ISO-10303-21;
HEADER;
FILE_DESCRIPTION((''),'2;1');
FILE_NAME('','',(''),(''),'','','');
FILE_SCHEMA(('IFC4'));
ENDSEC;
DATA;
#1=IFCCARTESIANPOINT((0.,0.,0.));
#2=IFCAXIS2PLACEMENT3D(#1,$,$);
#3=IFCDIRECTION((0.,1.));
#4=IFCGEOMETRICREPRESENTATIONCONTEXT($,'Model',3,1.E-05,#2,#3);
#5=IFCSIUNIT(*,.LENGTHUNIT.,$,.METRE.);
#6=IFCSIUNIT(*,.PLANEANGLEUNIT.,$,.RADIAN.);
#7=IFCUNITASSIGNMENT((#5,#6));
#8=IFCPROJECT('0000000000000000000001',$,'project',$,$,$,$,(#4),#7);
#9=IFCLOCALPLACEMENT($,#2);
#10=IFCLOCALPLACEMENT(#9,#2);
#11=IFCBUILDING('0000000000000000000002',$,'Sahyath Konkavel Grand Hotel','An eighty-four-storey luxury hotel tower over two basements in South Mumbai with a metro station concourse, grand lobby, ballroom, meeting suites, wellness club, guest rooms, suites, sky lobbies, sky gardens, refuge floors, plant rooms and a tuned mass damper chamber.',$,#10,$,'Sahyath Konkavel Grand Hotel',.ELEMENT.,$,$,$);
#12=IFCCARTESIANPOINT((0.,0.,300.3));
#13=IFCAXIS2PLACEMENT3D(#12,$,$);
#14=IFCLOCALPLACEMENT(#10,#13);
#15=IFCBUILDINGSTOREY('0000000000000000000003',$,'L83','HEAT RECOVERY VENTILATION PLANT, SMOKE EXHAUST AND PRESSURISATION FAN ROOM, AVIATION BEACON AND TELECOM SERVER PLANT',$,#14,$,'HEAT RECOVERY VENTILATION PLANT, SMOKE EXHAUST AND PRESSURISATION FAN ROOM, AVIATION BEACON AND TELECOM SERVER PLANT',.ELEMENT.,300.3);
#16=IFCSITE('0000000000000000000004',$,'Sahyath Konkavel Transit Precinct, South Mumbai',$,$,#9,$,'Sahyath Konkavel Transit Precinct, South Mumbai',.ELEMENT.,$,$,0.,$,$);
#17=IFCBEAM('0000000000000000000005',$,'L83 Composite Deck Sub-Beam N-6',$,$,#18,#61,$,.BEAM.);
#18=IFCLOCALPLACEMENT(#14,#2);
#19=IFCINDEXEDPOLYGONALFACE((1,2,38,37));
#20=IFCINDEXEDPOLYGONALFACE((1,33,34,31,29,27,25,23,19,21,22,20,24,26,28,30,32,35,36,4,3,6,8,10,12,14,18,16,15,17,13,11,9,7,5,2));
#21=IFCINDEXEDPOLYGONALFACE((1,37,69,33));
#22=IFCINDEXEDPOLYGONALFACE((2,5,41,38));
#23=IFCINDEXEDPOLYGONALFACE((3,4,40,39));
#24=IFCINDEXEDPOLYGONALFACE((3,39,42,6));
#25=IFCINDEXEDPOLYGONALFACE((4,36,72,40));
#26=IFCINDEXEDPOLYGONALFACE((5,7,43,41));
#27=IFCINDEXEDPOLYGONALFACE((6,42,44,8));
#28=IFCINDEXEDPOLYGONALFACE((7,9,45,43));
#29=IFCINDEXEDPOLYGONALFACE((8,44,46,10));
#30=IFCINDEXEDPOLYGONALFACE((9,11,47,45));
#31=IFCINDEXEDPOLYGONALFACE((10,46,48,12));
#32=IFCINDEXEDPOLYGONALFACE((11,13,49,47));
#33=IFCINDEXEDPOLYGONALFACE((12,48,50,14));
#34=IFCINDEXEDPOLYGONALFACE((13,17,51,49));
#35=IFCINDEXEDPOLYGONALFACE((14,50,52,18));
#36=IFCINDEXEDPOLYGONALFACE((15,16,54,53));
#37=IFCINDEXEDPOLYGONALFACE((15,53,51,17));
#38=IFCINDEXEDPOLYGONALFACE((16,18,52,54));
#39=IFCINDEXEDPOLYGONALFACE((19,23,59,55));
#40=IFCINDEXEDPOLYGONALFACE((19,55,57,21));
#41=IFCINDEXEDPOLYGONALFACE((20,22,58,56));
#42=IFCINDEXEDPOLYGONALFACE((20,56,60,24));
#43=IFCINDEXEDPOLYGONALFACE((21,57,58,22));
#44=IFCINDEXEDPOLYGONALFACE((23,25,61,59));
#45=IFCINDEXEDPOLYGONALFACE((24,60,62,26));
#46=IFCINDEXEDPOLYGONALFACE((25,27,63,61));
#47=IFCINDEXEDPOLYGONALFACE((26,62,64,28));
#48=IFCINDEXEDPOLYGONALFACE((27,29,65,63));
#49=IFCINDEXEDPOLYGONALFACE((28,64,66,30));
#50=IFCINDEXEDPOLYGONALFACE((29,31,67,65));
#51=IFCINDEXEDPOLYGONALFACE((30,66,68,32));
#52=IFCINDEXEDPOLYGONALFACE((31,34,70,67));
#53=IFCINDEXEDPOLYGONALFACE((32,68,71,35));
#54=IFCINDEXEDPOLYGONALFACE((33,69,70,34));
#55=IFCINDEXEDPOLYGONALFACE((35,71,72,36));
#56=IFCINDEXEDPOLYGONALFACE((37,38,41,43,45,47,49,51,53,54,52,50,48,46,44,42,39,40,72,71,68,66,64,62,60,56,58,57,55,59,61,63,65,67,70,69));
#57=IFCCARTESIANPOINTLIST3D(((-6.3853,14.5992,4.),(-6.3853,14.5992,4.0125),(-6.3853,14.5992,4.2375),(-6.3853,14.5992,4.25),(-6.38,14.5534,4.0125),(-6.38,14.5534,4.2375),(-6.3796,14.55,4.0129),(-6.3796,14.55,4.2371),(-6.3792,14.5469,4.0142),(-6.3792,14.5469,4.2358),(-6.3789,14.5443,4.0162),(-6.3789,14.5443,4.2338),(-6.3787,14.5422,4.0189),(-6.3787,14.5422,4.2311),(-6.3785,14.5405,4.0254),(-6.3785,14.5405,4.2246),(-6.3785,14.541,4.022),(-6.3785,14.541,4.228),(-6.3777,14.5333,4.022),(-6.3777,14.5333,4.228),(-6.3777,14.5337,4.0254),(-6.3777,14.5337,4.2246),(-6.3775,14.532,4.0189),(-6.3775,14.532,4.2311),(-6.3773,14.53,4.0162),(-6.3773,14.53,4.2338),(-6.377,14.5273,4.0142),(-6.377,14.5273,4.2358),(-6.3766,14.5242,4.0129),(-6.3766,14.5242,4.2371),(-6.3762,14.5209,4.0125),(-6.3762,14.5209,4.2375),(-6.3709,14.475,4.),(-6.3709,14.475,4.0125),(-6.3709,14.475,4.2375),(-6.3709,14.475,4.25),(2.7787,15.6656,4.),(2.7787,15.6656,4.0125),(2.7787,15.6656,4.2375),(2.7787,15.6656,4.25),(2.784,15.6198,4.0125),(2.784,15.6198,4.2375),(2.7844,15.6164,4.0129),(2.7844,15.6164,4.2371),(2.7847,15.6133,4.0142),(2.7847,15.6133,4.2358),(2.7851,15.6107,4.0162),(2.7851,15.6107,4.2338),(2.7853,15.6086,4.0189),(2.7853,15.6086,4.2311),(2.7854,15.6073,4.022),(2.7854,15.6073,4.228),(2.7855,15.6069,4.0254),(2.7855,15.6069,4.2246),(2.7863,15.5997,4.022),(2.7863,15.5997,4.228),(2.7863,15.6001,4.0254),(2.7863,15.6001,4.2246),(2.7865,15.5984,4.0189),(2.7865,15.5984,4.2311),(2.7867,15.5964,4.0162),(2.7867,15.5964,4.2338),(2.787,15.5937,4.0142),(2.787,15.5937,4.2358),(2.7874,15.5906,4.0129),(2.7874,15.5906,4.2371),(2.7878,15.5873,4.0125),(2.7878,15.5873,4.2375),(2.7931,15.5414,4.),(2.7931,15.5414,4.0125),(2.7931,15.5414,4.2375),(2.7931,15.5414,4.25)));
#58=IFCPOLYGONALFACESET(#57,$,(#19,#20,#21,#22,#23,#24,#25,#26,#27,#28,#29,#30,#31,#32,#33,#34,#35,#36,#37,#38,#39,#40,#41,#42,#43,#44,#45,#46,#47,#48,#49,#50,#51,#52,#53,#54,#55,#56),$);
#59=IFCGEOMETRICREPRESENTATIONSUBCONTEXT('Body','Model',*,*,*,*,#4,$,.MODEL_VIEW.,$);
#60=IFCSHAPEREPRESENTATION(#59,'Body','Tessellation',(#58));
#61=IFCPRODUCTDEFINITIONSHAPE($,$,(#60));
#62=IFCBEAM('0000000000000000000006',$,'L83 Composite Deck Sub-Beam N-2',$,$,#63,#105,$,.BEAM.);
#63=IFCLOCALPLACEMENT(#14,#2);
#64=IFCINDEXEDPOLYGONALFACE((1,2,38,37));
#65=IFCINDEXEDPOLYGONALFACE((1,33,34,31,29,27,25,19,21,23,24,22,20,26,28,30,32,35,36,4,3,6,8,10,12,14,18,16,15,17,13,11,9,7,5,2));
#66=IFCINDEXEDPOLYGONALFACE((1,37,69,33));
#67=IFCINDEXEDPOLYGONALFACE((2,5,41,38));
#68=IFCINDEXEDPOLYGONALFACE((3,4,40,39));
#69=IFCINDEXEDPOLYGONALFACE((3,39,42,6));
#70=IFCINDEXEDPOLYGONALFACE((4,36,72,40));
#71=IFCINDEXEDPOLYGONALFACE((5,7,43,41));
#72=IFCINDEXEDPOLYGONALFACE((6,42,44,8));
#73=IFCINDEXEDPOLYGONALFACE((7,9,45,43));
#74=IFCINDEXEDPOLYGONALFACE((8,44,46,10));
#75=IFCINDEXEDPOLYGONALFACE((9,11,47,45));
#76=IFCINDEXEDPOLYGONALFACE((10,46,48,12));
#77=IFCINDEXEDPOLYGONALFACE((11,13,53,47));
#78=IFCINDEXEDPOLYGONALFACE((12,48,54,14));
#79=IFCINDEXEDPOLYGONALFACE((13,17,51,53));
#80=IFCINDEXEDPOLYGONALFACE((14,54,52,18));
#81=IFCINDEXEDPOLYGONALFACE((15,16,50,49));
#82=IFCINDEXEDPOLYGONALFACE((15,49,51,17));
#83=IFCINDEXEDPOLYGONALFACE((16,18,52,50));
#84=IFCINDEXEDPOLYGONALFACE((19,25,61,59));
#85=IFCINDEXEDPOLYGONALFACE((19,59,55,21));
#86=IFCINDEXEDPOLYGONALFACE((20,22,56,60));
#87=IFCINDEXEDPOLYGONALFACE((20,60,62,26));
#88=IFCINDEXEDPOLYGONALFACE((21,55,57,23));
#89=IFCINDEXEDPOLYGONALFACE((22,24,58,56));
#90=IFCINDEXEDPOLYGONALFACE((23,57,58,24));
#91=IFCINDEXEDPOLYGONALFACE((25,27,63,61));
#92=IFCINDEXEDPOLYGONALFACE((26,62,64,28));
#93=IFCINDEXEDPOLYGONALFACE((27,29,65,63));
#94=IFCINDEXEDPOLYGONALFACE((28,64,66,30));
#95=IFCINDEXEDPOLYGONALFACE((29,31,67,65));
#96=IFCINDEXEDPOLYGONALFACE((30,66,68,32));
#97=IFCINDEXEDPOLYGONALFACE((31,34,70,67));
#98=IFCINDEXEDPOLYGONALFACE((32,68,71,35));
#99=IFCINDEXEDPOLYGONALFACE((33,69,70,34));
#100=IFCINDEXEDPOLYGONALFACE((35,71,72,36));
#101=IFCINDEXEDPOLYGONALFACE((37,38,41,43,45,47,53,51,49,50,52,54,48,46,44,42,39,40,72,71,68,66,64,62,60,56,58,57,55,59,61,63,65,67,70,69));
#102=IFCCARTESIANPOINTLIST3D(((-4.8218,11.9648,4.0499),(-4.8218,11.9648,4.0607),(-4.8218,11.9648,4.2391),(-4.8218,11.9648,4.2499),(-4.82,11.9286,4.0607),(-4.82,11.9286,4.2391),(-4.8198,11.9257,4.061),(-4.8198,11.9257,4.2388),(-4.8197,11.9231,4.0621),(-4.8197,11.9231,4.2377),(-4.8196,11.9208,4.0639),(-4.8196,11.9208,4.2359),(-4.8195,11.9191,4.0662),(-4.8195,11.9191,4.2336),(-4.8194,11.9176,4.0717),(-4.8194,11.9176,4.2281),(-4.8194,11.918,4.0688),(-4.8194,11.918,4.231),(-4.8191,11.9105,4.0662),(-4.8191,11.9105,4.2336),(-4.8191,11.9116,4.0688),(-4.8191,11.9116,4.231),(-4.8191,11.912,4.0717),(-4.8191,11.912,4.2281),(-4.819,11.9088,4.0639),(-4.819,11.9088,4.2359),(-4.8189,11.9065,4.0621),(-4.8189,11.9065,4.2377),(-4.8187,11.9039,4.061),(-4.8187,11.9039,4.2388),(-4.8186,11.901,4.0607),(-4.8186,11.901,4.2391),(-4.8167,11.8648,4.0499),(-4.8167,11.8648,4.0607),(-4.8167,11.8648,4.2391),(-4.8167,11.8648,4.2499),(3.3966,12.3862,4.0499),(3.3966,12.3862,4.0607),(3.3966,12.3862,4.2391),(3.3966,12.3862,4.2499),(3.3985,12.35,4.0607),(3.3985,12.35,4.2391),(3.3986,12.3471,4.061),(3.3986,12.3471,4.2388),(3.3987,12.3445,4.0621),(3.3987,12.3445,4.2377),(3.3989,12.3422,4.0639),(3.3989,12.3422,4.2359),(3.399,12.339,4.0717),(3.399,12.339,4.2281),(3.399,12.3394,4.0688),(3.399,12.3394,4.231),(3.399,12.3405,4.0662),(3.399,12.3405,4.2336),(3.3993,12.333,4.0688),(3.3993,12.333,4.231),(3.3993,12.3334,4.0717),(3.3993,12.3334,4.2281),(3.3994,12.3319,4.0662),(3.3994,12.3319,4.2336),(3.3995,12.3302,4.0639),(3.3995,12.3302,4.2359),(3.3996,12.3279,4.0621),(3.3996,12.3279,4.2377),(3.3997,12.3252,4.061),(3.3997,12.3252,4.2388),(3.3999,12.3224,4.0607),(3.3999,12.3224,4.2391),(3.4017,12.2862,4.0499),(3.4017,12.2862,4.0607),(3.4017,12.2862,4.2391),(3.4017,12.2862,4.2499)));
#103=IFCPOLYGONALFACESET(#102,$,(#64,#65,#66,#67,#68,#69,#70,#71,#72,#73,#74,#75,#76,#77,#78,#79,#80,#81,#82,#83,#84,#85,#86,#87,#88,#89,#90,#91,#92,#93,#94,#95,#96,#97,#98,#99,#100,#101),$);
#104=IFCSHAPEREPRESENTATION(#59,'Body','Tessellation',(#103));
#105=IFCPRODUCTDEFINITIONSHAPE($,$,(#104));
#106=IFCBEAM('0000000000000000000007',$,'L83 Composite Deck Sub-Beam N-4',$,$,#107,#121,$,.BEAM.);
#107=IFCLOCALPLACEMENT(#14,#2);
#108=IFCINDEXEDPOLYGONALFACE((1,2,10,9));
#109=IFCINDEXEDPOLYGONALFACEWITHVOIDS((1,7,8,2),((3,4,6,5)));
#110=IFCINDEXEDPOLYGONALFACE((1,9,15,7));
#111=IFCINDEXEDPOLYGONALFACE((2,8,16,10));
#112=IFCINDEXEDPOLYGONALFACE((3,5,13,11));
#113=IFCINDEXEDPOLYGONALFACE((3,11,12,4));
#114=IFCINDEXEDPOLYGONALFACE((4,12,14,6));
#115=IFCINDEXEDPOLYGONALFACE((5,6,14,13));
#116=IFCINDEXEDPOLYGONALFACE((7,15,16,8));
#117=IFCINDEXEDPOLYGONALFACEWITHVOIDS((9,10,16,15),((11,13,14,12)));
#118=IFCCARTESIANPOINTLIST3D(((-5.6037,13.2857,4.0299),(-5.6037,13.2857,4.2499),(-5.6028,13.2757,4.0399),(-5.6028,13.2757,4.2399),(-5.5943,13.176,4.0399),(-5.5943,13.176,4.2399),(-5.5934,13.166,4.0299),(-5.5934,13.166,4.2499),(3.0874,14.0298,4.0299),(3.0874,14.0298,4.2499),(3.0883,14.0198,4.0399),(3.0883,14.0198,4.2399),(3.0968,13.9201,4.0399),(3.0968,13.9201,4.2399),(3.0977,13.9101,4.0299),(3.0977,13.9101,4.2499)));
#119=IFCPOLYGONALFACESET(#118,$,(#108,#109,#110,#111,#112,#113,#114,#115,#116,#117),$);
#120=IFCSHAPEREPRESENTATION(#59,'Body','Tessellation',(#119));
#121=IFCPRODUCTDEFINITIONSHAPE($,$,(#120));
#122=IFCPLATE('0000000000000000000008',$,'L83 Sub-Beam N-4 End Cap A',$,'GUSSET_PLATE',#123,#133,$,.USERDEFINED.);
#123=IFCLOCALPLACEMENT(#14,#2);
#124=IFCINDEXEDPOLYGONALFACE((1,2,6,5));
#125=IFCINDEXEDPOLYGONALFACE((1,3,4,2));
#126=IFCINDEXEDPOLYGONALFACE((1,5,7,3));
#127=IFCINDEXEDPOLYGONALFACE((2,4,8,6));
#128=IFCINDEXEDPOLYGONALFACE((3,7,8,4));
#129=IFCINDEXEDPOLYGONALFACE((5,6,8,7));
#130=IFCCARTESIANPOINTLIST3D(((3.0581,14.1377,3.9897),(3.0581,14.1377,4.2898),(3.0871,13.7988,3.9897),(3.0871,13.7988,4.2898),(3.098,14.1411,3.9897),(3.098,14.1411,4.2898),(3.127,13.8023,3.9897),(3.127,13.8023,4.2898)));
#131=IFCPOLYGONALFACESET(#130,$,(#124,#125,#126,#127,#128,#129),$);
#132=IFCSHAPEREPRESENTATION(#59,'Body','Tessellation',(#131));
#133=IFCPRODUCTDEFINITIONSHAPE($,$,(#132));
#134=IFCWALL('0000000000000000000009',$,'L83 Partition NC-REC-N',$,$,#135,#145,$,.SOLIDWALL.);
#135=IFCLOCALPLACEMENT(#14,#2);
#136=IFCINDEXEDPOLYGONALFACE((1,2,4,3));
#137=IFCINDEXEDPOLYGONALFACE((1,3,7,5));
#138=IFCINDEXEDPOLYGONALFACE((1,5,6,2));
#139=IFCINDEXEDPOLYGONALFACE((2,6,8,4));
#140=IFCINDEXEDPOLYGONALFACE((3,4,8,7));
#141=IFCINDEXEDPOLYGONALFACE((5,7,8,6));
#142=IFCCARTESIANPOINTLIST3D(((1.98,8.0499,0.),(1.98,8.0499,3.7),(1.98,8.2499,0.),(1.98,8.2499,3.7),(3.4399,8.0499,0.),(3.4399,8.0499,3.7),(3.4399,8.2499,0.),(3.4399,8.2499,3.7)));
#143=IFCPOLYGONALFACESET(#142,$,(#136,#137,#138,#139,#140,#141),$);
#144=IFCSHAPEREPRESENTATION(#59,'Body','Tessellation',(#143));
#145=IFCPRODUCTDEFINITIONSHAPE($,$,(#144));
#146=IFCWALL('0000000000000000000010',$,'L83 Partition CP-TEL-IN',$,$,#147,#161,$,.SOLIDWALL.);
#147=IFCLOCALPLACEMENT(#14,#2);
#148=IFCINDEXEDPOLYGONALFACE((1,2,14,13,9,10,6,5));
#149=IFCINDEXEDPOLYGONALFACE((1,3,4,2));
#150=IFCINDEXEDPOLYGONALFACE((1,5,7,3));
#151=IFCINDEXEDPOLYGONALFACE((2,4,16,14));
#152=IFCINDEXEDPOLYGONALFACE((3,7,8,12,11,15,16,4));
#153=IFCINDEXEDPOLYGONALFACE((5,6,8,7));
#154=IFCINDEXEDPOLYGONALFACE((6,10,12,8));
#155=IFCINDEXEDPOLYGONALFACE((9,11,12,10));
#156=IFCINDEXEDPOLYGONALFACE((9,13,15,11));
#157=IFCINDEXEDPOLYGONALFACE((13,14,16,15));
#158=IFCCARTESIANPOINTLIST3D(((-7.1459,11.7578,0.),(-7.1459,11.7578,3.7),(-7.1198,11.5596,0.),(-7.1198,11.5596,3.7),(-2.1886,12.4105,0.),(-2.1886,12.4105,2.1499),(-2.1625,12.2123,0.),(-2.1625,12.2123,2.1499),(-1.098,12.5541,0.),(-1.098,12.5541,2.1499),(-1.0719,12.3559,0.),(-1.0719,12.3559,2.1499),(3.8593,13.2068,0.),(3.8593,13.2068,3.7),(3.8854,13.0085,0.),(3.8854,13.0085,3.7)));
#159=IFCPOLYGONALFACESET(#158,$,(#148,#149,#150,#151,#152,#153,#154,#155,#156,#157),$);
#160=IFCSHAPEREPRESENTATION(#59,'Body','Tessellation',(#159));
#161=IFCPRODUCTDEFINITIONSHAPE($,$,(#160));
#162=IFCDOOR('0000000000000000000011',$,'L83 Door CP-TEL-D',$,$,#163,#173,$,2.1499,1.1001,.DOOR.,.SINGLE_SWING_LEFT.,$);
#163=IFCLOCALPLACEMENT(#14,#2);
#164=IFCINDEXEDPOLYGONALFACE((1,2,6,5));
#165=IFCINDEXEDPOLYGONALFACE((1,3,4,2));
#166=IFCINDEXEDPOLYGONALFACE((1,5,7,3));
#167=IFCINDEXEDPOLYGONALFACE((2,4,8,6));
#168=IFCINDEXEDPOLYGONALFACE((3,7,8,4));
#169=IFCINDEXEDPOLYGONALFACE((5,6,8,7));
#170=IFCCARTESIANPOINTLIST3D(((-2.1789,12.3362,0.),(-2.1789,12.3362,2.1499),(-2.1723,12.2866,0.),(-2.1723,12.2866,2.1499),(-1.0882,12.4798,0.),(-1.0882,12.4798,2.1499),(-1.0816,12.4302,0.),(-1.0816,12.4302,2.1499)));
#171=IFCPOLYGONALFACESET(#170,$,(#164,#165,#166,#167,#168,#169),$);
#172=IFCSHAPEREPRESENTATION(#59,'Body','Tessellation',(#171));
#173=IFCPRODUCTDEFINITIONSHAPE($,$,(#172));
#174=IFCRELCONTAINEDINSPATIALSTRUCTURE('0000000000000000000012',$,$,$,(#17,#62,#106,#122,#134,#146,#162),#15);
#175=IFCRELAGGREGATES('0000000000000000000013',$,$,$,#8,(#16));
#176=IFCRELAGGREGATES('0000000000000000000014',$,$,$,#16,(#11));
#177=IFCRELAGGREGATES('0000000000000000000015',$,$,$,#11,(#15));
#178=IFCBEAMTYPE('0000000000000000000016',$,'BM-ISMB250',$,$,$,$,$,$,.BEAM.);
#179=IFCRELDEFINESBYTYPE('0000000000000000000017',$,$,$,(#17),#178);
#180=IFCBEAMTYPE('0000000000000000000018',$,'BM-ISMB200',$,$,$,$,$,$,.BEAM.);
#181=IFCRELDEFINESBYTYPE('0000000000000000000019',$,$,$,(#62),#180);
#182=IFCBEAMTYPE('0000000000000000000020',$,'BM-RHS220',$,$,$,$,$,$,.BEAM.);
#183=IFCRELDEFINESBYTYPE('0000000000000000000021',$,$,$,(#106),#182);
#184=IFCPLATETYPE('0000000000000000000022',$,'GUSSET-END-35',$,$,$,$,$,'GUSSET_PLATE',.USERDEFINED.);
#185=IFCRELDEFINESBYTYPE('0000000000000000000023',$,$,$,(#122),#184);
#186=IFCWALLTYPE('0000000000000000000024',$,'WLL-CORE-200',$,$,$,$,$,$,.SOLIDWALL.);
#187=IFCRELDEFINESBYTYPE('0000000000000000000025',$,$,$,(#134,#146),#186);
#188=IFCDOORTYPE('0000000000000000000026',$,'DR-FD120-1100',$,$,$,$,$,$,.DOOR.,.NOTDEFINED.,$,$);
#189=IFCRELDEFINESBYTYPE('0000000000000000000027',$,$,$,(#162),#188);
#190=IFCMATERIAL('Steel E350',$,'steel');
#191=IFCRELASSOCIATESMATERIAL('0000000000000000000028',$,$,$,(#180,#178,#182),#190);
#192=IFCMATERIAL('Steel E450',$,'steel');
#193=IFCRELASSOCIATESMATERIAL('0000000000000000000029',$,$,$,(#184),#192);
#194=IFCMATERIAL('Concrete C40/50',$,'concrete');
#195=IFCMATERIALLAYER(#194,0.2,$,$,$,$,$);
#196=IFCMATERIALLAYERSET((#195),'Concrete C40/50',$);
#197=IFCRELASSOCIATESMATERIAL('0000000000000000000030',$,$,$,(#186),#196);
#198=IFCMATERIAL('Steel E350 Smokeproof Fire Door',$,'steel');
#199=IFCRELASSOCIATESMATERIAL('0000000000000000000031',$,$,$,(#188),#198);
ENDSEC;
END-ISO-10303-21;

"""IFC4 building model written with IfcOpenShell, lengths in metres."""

from ifc_helpers import new_model, si_unit, direction, frame, frame_2d, origin, origin_2d, place, context, subcontext, project, spatial, rectangle, hollow_rectangle, i_section, extrude, source, transform, mapped, material, layer, layer_set, material_profile, profile_set, type_object, element, fill, save


model = new_model("IFC4")

# Units and contexts
model_context = context("Model", 3, precision=1e-05, world=origin(), true_north=direction((0.0, 1.0)))
body_context = subcontext(model_context, "Body", "Model", "MODEL_VIEW")
ifc_project = project(units=[si_unit("LENGTHUNIT", "METRE"), si_unit("PLANEANGLEUNIT", "RADIAN")], contexts=[model_context])

# Site, building, storey
site_placement = place(None, origin())
site = spatial("IfcSite", under=ifc_project, at=site_placement, Name="Sahyath Konkavel Transit Precinct, South Mumbai", LongName="Sahyath Konkavel Transit Precinct, South Mumbai", CompositionType="ELEMENT", RefElevation=0.0)
building_placement = place(site_placement, origin())
building = spatial("IfcBuilding", under=site, at=building_placement, Name="Sahyath Konkavel Grand Hotel", Description="An eighty-four-storey luxury hotel tower over two basements in South Mumbai with a metro station concourse, grand lobby, ballroom, meeting suites, wellness club, guest rooms, suites, sky lobbies, sky gardens, refuge floors, plant rooms and a tuned mass damper chamber.", LongName="Sahyath Konkavel Grand Hotel", CompositionType="ELEMENT")
storey_placement = place(building_placement, frame((0.0, 0.0, 300.3)))
storey = spatial("IfcBuildingStorey", under=building, at=storey_placement, Name="L83", Description="HEAT RECOVERY VENTILATION PLANT, SMOKE EXHAUST AND PRESSURISATION FAN ROOM, AVIATION BEACON AND TELECOM SERVER PLANT", LongName="HEAT RECOVERY VENTILATION PLANT, SMOKE EXHAUST AND PRESSURISATION FAN ROOM, AVIATION BEACON AND TELECOM SERVER PLANT", CompositionType="ELEMENT", Elevation=300.3)

# Shared definitions
ifc_material_1 = material(Name="Concrete C40/50", Category="concrete")
ifc_material_2 = material(Name="Steel E350", Category="steel")

# Beams
ifc_material_profile_1 = material_profile(ifc_material_2, i_section(OverallWidth=0.1001, OverallDepth=0.2, WebThickness=0.0056, FlangeThickness=0.0107, FilletRadius=0.011, at=origin_2d()), Name="ISMB 200")
ifc_profile_set_1 = profile_set([ifc_material_profile_1], Name="Steel E350")
beam_type_1 = type_object("IfcBeamType", Name="BM-ISMB200", PredefinedType="BEAM", material=ifc_profile_set_1)
ifc_material_profile_2 = material_profile(ifc_material_2, i_section(OverallWidth=0.125, OverallDepth=0.25, WebThickness=0.0068, FlangeThickness=0.0125, FilletRadius=0.0129, at=origin_2d()), Name="ISMB 250")
ifc_profile_set_2 = profile_set([ifc_material_profile_2], Name="Steel E350")
beam_type_2 = type_object("IfcBeamType", Name="BM-ISMB250", PredefinedType="BEAM", material=ifc_profile_set_2)
shared_shape_1 = source(origin(), body_context, "Body", "SweptSolid", [
    extrude(i_section(OverallWidth=0.125, OverallDepth=0.25, WebThickness=0.0068, FlangeThickness=0.0125, FilletRadius=0.0129, at=origin_2d()), origin(), (0.0, 0.0, 1.0), 9.2258),
])
beam_1_placement = place(storey_placement, frame((2.7859, 15.6035, 4.125), z_axis=(-0.993297, -0.115588, 0.0), x_axis=(0.115588, -0.993297, 0.0)))
element("IfcBeam", 1, at=beam_1_placement, inside=storey, type_object=beam_type_2, Name="L83 Composite Deck Sub-Beam N-6", PredefinedType="BEAM", context=body_context, shape_type="MappedRepresentation", body=[
    mapped(shared_shape_1, transform((0.0, 0.0, 0.0), scale=1.0)),
])
shared_shape_2 = source(origin(), body_context, "Body", "SweptSolid", [
    extrude(i_section(OverallWidth=0.1001, OverallDepth=0.2, WebThickness=0.0056, FlangeThickness=0.0107, FilletRadius=0.011, at=origin_2d()), origin(), (0.0, 0.0, 1.0), 8.2292),
])
beam_2_placement = place(storey_placement, frame((3.3992, 12.3362, 4.1499), z_axis=(-0.998688, -0.051206, 0.0), x_axis=(0.051206, -0.998688, 0.0)))
element("IfcBeam", 2, at=beam_2_placement, inside=storey, type_object=beam_type_1, Name="L83 Composite Deck Sub-Beam N-2", PredefinedType="BEAM", context=body_context, shape_type="MappedRepresentation", body=[
    mapped(shared_shape_2, transform((0.0, 0.0, 0.0), scale=1.0)),
])
ifc_material_profile_3 = material_profile(ifc_material_2, hollow_rectangle(XDim=0.1201, YDim=0.22, WallThickness=0.01, at=origin_2d()), Name="RHS 220x120x10")
ifc_profile_set_3 = profile_set([ifc_material_profile_3], Name="Steel E350")
beam_type_3 = type_object("IfcBeamType", Name="BM-RHS220", PredefinedType="BEAM", material=ifc_profile_set_3)
shared_shape_3 = source(origin(), body_context, "Body", "SweptSolid", [
    extrude(hollow_rectangle(XDim=0.1201, YDim=0.22, WallThickness=0.01, at=origin_2d()), origin(), (0.0, 0.0, 1.0), 8.7229),
])
beam_3_placement = place(storey_placement, frame((3.0925, 13.97, 4.1399), z_axis=(-0.996355, -0.085308, 0.0), x_axis=(0.085308, -0.996355, 0.0)))
element("IfcBeam", 3, at=beam_3_placement, inside=storey, type_object=beam_type_3, Name="L83 Composite Deck Sub-Beam N-4", PredefinedType="BEAM", context=body_context, shape_type="MappedRepresentation", body=[
    mapped(shared_shape_3, transform((0.0, 0.0, 0.0), scale=1.0)),
])

# Plate
ifc_material_3 = material(Name="Steel E450", Category="steel")
plate_type = type_object("IfcPlateType", Name="GUSSET-END-35", ElementType="GUSSET_PLATE", PredefinedType="USERDEFINED", material=ifc_material_3)
shared_shape_4 = source(origin(), body_context, "Body", "SweptSolid", [
    extrude(rectangle(XDim=0.04, YDim=0.3401, at=origin_2d()), origin(), (0.0, 0.0, 1.0), 0.3),
])
plate_placement = place(storey_placement, frame((3.0925, 13.97, 3.9897), z_axis=(0.0, 0.0, 1.0), x_axis=(-0.996356, -0.085295, 0.0)))
element("IfcPlate", 4, at=plate_placement, inside=storey, type_object=plate_type, Name="L83 Sub-Beam N-4 End Cap A", ObjectType="GUSSET_PLATE", PredefinedType="USERDEFINED", context=body_context, shape_type="MappedRepresentation", body=[
    mapped(shared_shape_4, transform((0.0, 0.0, 0.0), scale=1.0)),
])

# Wall
ifc_layer_1 = layer(ifc_material_1, 0.2)
ifc_layer_set_1 = layer_set([ifc_layer_1], Name="Concrete C40/50")
wall_type_1 = type_object("IfcWallType", Name="WLL-CORE-200", PredefinedType="SOLIDWALL", material=ifc_layer_set_1)
wall_1_placement = place(storey_placement, frame((1.98, 8.1499, 0.0), z_axis=(0.0, 0.0, 1.0), x_axis=(1.0, 0.0, 0.0)))
element("IfcWall", 5, at=wall_1_placement, inside=storey, type_object=wall_type_1, Name="L83 Partition NC-REC-N", PredefinedType="SOLIDWALL", context=body_context, shape_type="SweptSolid", body=[
    extrude(rectangle(XDim=1.46, YDim=0.2, at=frame_2d((0.73, 0.0))), origin(), (0.0, 0.0, 1.0), 3.7),
])

# Wall, opening, door
wall_2_placement = place(storey_placement, frame((3.8723, 13.1077, 0.0), z_axis=(0.0, 0.0, 1.0), x_axis=(-0.991443, -0.130537, 0.0)))
wall_2 = element("IfcWall", 6, at=wall_2_placement, inside=storey, type_object=wall_type_1, Name="L83 Partition CP-TEL-IN", PredefinedType="SOLIDWALL", context=body_context, shape_type="SweptSolid", body=[
    extrude(rectangle(XDim=11.1001, YDim=0.2, at=frame_2d((5.55, 0.0))), origin(), (0.0, 0.0, 1.0), 3.7),
])
opening_placement = place(wall_2_placement, frame((5.0, 0.0, 0.0)))
opening = element("IfcOpeningElement", 7, at=opening_placement, cuts=wall_2, PredefinedType="OPENING", context=body_context, shape_type="SweptSolid", body=[
    extrude(rectangle(XDim=1.1001, YDim=2.1499, at=frame_2d((0.55, 1.075))), frame((0.0, 0.1099, 0.0), z_axis=(0.0, -1.0, 0.0), x_axis=(1.0, 0.0, 0.0)), (0.0, 0.0, 1.0), 0.22),
])
ifc_material_4 = material(Name="Steel E350 Smokeproof Fire Door", Category="steel")
door_type = type_object("IfcDoorType", Name="DR-FD120-1100", OperationType="NOTDEFINED", PredefinedType="DOOR", material=ifc_material_4)
shared_shape_5 = source(origin(), body_context, "Body", "SweptSolid", [
    extrude(rectangle(XDim=1.1001, YDim=0.05, at=origin_2d()), origin(), (0.0, 0.0, 1.0), 2.1499),
])
door_placement = place(opening_placement, frame((0.55, 0.0, 0.0)))
door = element("IfcDoor", 8, at=door_placement, inside=storey, type_object=door_type, Name="L83 Door CP-TEL-D", OperationType="SINGLE_SWING_LEFT", OverallHeight=2.1499, OverallWidth=1.1001, PredefinedType="DOOR", context=body_context, shape_type="MappedRepresentation", body=[
    mapped(shared_shape_5, transform((0.0, 0.0, 0.0), scale=1.0)),
])
fill(opening, door)

save(model, "model.ifc")
